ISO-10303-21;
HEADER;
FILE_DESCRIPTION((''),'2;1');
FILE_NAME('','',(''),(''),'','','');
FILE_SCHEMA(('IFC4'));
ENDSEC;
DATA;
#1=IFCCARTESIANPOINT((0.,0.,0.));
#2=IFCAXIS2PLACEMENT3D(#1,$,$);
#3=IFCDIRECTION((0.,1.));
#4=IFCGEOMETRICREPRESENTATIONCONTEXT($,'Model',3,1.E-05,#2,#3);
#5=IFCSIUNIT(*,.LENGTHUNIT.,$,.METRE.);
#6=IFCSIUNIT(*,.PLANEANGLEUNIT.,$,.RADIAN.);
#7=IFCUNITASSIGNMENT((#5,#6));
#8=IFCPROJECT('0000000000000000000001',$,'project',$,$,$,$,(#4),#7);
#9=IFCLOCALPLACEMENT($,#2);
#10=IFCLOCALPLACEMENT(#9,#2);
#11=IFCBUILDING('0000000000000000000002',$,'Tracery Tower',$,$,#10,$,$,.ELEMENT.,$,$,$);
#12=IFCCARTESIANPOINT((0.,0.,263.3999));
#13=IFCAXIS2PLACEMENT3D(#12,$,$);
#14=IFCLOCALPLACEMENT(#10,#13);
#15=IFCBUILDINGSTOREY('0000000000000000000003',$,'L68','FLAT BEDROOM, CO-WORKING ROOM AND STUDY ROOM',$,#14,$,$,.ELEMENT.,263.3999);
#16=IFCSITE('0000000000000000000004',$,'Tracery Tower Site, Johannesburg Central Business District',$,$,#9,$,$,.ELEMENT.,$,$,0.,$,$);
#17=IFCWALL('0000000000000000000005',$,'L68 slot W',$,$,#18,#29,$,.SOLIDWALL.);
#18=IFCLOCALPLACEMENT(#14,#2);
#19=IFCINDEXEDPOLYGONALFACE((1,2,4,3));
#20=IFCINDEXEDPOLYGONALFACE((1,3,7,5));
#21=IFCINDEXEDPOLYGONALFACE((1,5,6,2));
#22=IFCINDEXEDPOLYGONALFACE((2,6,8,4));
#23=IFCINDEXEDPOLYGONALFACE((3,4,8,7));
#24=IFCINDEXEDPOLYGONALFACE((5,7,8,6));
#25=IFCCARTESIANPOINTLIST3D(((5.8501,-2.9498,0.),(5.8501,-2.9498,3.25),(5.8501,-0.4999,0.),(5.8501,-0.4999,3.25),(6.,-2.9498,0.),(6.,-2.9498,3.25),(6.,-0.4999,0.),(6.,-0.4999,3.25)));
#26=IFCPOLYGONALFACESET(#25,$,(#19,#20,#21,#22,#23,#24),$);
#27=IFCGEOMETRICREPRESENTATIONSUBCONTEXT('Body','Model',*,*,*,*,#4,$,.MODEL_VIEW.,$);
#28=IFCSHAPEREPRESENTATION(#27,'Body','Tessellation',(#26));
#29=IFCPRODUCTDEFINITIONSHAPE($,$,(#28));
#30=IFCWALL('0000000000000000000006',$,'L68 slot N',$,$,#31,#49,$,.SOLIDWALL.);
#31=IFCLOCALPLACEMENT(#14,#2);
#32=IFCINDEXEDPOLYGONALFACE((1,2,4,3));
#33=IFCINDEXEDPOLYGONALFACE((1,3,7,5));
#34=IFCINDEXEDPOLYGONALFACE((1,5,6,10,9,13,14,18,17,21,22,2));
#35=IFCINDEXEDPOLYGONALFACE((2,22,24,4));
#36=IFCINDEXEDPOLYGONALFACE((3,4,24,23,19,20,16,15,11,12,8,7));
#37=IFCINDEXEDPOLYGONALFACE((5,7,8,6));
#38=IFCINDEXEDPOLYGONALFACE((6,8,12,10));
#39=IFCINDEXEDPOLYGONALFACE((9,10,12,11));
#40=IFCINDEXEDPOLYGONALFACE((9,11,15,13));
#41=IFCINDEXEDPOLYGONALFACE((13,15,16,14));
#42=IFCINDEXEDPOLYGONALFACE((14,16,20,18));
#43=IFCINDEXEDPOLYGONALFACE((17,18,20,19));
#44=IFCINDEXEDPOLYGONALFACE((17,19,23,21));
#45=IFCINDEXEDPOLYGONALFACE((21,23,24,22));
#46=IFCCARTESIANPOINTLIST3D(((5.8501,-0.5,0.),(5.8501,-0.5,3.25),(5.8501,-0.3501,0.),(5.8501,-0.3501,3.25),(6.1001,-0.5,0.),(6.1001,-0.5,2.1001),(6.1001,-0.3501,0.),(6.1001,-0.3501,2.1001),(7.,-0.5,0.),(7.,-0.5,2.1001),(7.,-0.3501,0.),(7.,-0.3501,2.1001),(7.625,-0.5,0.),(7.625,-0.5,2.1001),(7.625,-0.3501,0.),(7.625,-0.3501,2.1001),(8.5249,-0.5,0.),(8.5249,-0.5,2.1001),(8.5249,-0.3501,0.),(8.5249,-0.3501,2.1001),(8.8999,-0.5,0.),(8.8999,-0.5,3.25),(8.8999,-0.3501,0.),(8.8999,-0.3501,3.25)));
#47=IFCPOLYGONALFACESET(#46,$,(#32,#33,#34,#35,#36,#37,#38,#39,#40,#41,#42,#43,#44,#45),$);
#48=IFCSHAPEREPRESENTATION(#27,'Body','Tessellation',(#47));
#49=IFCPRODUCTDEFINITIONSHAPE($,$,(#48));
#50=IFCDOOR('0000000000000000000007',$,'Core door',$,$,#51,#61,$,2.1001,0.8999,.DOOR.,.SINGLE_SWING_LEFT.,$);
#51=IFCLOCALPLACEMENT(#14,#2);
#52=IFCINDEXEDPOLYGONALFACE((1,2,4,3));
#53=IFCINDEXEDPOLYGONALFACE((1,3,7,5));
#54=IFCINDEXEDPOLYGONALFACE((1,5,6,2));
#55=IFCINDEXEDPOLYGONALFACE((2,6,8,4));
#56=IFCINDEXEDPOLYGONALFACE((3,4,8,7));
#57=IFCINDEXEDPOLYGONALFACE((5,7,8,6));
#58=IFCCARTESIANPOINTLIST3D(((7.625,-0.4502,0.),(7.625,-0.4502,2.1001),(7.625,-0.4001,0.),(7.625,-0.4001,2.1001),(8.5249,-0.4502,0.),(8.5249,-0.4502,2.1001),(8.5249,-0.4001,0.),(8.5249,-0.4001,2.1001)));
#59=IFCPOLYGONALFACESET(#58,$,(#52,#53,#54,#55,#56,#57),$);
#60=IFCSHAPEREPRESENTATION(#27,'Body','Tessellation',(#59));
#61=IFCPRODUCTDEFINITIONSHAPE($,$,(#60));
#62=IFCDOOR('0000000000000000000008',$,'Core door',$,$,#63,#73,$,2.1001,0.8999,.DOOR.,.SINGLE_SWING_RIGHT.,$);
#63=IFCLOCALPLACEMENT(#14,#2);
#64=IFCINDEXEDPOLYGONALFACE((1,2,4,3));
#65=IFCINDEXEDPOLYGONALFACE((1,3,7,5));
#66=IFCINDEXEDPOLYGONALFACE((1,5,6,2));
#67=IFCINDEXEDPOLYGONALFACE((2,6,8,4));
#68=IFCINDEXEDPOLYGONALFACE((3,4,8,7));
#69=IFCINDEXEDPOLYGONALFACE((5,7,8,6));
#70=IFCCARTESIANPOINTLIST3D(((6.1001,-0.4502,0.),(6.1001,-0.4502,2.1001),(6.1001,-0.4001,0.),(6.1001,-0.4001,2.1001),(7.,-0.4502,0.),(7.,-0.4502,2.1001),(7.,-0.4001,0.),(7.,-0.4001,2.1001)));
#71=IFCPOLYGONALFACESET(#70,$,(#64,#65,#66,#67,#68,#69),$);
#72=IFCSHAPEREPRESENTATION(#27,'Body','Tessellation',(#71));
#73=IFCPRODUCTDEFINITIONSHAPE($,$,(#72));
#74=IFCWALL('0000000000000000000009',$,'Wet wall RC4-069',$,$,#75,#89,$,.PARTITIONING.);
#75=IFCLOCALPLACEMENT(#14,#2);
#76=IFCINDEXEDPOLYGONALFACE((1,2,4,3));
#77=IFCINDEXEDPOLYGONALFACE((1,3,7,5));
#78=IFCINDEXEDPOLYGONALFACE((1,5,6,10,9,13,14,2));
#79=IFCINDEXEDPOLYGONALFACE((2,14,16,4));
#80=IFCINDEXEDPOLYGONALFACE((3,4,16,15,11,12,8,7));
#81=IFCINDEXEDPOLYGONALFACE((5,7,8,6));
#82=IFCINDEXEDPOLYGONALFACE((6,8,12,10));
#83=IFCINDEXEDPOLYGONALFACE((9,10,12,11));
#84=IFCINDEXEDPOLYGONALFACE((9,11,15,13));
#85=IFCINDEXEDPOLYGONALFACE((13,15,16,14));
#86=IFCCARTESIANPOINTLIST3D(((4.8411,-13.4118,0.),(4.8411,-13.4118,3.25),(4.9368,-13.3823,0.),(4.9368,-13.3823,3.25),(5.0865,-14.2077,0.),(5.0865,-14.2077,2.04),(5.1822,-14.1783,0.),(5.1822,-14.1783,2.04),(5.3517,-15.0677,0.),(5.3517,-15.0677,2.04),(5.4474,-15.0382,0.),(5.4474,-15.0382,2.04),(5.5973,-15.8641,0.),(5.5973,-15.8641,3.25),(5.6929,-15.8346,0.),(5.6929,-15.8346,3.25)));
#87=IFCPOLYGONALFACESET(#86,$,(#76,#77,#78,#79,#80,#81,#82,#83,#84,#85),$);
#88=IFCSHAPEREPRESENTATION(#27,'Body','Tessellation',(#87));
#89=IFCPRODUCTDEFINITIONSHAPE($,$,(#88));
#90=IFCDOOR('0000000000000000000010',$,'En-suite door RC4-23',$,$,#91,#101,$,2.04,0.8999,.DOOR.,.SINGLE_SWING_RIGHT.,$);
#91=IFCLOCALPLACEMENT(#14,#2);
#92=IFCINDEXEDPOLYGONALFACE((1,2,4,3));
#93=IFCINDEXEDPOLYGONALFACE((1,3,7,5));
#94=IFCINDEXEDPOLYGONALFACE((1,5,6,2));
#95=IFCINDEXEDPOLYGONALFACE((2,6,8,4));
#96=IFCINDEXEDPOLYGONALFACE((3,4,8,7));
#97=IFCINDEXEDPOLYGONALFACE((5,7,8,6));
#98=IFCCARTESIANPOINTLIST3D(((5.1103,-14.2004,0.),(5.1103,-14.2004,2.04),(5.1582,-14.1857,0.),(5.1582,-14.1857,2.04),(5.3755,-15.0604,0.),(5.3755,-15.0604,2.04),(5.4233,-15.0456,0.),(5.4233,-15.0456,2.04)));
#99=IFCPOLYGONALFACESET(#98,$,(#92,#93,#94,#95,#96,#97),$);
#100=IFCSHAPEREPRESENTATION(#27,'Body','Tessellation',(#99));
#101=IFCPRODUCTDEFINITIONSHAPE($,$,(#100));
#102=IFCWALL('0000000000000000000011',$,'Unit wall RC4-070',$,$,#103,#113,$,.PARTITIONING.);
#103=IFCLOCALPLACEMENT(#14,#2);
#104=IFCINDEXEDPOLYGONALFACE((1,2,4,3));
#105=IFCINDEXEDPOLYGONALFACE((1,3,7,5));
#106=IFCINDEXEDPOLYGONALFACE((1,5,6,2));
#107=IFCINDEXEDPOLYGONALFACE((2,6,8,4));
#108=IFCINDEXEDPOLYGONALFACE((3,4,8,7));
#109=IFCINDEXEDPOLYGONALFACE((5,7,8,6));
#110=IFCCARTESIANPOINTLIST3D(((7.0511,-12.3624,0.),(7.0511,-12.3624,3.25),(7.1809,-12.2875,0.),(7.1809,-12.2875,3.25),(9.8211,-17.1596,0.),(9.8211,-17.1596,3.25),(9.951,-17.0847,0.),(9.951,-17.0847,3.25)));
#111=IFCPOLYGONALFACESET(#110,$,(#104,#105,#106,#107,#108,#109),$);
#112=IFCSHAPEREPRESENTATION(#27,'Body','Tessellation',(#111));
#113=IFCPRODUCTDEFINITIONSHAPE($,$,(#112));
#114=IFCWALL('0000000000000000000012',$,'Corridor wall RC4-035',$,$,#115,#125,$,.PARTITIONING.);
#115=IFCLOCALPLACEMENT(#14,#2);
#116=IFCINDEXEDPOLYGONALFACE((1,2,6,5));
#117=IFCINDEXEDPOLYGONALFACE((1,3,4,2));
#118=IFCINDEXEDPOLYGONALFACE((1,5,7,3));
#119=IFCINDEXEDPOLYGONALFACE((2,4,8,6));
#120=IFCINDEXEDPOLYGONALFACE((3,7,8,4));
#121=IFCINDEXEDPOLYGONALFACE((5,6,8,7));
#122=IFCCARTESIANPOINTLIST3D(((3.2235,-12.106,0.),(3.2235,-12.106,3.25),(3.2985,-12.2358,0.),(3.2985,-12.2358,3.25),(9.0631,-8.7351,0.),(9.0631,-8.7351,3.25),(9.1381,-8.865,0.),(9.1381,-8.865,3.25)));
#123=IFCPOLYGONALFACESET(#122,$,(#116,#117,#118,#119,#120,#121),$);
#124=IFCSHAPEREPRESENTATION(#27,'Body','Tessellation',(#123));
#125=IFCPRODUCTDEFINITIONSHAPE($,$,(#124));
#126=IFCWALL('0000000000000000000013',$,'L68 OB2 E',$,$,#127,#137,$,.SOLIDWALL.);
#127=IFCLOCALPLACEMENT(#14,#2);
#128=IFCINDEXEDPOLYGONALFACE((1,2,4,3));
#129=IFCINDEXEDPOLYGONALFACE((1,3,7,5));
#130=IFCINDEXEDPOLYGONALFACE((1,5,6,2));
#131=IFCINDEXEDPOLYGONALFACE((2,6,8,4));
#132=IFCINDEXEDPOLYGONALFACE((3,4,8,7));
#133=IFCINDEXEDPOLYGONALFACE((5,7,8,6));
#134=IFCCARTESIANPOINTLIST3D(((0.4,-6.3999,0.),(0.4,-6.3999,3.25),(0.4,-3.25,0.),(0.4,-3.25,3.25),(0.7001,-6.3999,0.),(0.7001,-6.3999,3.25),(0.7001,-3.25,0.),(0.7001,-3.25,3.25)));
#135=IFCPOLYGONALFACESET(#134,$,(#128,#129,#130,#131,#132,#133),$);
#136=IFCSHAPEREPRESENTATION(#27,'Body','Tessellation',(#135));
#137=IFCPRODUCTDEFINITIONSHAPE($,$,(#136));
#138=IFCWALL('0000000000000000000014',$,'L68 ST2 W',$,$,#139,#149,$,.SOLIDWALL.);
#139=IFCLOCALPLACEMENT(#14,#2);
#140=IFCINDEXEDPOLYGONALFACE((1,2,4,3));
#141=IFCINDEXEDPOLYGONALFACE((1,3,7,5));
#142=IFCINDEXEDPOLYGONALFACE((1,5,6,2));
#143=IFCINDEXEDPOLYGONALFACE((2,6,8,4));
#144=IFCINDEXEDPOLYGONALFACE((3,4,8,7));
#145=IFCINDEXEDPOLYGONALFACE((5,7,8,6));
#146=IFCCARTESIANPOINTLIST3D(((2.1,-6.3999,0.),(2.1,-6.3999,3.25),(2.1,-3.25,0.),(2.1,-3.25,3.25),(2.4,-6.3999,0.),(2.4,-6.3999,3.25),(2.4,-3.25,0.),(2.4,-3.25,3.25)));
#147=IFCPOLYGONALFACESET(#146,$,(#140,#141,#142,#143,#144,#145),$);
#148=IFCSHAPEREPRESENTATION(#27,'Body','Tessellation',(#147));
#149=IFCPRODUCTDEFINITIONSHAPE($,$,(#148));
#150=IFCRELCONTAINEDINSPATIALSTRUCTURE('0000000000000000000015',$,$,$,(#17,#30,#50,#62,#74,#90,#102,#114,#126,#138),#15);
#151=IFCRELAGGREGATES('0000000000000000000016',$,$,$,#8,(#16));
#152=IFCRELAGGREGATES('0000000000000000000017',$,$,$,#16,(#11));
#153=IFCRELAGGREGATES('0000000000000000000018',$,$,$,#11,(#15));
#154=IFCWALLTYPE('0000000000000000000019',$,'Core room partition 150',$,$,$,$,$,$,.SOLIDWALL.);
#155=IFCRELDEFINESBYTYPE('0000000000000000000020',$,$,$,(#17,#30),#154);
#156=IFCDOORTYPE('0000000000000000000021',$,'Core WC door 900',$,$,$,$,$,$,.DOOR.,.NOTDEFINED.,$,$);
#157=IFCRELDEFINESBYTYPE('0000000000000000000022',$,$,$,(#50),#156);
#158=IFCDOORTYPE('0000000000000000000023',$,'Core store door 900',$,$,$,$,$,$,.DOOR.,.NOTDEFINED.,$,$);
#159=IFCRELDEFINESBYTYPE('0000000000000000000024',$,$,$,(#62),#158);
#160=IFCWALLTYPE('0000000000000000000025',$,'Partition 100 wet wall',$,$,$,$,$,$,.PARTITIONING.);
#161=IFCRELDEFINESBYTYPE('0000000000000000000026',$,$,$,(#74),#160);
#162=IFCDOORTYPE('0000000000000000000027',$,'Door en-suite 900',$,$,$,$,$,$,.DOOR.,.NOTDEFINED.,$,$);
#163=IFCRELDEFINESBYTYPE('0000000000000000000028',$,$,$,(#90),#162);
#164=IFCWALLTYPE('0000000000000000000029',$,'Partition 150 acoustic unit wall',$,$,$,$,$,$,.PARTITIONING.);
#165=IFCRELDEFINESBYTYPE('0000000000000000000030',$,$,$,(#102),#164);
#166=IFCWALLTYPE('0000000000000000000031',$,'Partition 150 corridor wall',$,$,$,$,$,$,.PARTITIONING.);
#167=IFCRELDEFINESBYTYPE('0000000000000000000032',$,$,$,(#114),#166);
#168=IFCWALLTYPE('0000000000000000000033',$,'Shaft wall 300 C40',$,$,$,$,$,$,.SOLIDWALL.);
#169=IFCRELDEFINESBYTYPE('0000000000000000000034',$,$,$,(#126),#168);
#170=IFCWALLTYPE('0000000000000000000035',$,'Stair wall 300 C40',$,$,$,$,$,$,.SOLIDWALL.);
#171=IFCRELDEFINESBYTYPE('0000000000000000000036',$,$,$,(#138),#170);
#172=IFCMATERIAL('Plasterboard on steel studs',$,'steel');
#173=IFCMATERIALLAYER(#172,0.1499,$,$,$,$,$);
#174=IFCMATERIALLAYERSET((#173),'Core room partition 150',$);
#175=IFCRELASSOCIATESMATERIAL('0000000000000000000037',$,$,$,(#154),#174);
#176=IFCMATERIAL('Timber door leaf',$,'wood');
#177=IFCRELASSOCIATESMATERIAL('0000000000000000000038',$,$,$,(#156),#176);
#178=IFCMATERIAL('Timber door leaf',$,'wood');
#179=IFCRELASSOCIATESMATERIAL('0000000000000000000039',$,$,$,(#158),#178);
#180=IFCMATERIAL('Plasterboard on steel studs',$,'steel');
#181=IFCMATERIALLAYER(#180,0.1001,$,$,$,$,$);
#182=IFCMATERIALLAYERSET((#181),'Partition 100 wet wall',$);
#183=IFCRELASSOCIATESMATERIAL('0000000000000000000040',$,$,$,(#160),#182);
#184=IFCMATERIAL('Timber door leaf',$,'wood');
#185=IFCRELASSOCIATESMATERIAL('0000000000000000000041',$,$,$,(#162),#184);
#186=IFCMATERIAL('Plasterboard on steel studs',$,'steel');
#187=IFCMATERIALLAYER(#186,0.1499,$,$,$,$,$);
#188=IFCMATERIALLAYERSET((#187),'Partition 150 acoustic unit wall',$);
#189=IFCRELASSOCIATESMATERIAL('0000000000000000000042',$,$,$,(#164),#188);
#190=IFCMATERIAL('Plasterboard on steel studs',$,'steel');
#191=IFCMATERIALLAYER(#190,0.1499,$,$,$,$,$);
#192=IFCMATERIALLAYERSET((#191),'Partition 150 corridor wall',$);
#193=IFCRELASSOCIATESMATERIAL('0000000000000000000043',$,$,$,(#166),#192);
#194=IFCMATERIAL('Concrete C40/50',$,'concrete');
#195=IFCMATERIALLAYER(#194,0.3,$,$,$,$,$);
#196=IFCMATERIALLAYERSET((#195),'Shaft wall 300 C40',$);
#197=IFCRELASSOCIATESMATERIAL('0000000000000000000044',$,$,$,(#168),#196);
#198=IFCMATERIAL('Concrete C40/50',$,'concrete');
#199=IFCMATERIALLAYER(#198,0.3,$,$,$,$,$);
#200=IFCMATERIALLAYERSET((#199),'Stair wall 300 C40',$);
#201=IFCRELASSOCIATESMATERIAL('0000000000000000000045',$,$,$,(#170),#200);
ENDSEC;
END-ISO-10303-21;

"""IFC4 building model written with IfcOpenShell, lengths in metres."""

from ifc_helpers import new_model, si_unit, direction, frame, frame_2d, origin, place, context, subcontext, project, spatial, rectangle, extrude, material, layer, layer_set, type_object, element, fill, save


model = new_model("IFC4")

# Units and contexts
model_context = context("Model", 3, precision=1e-05, world=origin(), true_north=direction((0.0, 1.0)))
body_context = subcontext(model_context, "Body", "Model", "MODEL_VIEW")
ifc_project = project(units=[si_unit("LENGTHUNIT", "METRE"), si_unit("PLANEANGLEUNIT", "RADIAN")], contexts=[model_context])

# Site, building, storey
site_placement = place(None, origin())
site = spatial("IfcSite", under=ifc_project, at=site_placement, Name="Tracery Tower Site, Johannesburg Central Business District", CompositionType="ELEMENT", RefElevation=0.0)
building_placement = place(site_placement, origin())
building = spatial("IfcBuilding", under=site, at=building_placement, Name="Tracery Tower", CompositionType="ELEMENT")
storey_placement = place(building_placement, frame((0.0, 0.0, 263.3999)))
storey = spatial("IfcBuildingStorey", under=building, at=storey_placement, Name="L68", Description="FLAT BEDROOM, CO-WORKING ROOM AND STUDY ROOM", CompositionType="ELEMENT", Elevation=263.3999)

# Wall
ifc_material_1 = material(Name="Plasterboard on steel studs", Category="steel")
ifc_layer_1 = layer(ifc_material_1, 0.1499)
ifc_layer_set_1 = layer_set([ifc_layer_1], Name="Core room partition 150")
wall_type_1 = type_object("IfcWallType", Name="Core room partition 150", PredefinedType="SOLIDWALL", material=ifc_layer_set_1)
wall_1_placement = place(storey_placement, frame((5.925, -2.95, 0.0), z_axis=(0.0, 0.0, 1.0), x_axis=(0.0, 1.0, 0.0)))
element("IfcWall", 1, at=wall_1_placement, inside=storey, type_object=wall_type_1, Name="L68 slot W", PredefinedType="SOLIDWALL", context=body_context, shape_type="SweptSolid", body=[
    extrude(rectangle(XDim=2.45, YDim=0.1499, at=frame_2d((1.2251, 0.0))), origin(), (0.0, 0.0, 1.0), 3.25),
])

# Wall, openings, doors
wall_2_placement = place(storey_placement, frame((5.8501, -0.425, 0.0), z_axis=(0.0, 0.0, 1.0), x_axis=(1.0, 0.0, 0.0)))
wall_2 = element("IfcWall", 2, at=wall_2_placement, inside=storey, type_object=wall_type_1, Name="L68 slot N", PredefinedType="SOLIDWALL", context=body_context, shape_type="SweptSolid", body=[
    extrude(rectangle(XDim=3.0498, YDim=0.1499, at=frame_2d((1.5249, 0.0))), origin(), (0.0, 0.0, 1.0), 3.25),
])
opening_1_placement = place(wall_2_placement, frame((0.25, 0.0, 0.0)))
opening_1 = element("IfcOpeningElement", 3, at=opening_1_placement, cuts=wall_2, PredefinedType="OPENING", context=body_context, shape_type="SweptSolid", body=[
    extrude(rectangle(XDim=0.8999, YDim=2.1001, at=frame_2d((0.45, 1.05))), frame((0.0, 0.075, 0.0), z_axis=(0.0, -1.0, 0.0), x_axis=(1.0, 0.0, 0.0)), (0.0, 0.0, 1.0), 0.1499),
])
opening_2_placement = place(wall_2_placement, frame((1.7749, 0.0, 0.0)))
opening_2 = element("IfcOpeningElement", 4, at=opening_2_placement, cuts=wall_2, PredefinedType="OPENING", context=body_context, shape_type="SweptSolid", body=[
    extrude(rectangle(XDim=0.8999, YDim=2.1001, at=frame_2d((0.45, 1.05))), frame((0.0, 0.075, 0.0), z_axis=(0.0, -1.0, 0.0), x_axis=(1.0, 0.0, 0.0)), (0.0, 0.0, 1.0), 0.1499),
])
ifc_material_2 = material(Name="Timber door leaf", Category="wood")
door_type_1 = type_object("IfcDoorType", Name="Core WC door 900", OperationType="NOTDEFINED", PredefinedType="DOOR", material=ifc_material_2)
door_1_placement = place(opening_2_placement, origin())
door_1 = element("IfcDoor", 5, at=door_1_placement, inside=storey, type_object=door_type_1, Name="Core door", OperationType="SINGLE_SWING_LEFT", OverallHeight=2.1001, OverallWidth=0.8999, PredefinedType="DOOR", context=body_context, shape_type="SweptSolid", body=[
    extrude(rectangle(XDim=0.8999, YDim=2.1001, at=frame_2d((0.45, 1.05))), frame((0.0, 0.0249, 0.0), z_axis=(0.0, -1.0, 0.0), x_axis=(1.0, 0.0, 0.0)), (0.0, 0.0, 1.0), 0.05),
])
fill(opening_2, door_1)
ifc_material_3 = material(Name="Timber door leaf", Category="wood")
door_type_2 = type_object("IfcDoorType", Name="Core store door 900", OperationType="NOTDEFINED", PredefinedType="DOOR", material=ifc_material_3)
door_2_placement = place(opening_1_placement, origin())
door_2 = element("IfcDoor", 6, at=door_2_placement, inside=storey, type_object=door_type_2, Name="Core door", OperationType="SINGLE_SWING_RIGHT", OverallHeight=2.1001, OverallWidth=0.8999, PredefinedType="DOOR", context=body_context, shape_type="SweptSolid", body=[
    extrude(rectangle(XDim=0.8999, YDim=2.1001, at=frame_2d((0.45, 1.05))), frame((0.0, 0.0249, 0.0), z_axis=(0.0, -1.0, 0.0), x_axis=(1.0, 0.0, 0.0)), (0.0, 0.0, 1.0), 0.05),
])
fill(opening_1, door_2)

# Wall, opening, door
ifc_material_4 = material(Name="Plasterboard on steel studs", Category="steel")
ifc_layer_2 = layer(ifc_material_4, 0.1001)
ifc_layer_set_2 = layer_set([ifc_layer_2], Name="Partition 100 wet wall")
wall_type_2 = type_object("IfcWallType", Name="Partition 100 wet wall", PredefinedType="PARTITIONING", material=ifc_layer_set_2)
wall_3_placement = place(storey_placement, frame((4.8889, -13.397, 0.0), z_axis=(0.0, 0.0, 1.0), x_axis=(0.294654, -0.955604, 0.0)))
wall_3 = element("IfcWall", 7, at=wall_3_placement, inside=storey, type_object=wall_type_2, Name="Wet wall RC4-069", PredefinedType="PARTITIONING", context=body_context, shape_type="SweptSolid", body=[
    extrude(rectangle(XDim=2.5662, YDim=0.1001, at=frame_2d((1.2832, 0.0))), origin(), (0.0, 0.0, 1.0), 3.25),
])
opening_3_placement = place(wall_3_placement, frame((0.833, 0.0, 0.0)))
opening_3 = element("IfcOpeningElement", 8, at=opening_3_placement, cuts=wall_3, PredefinedType="OPENING", context=body_context, shape_type="SweptSolid", body=[
    extrude(rectangle(XDim=0.8999, YDim=2.04, at=frame_2d((0.45, 1.02))), frame((0.0, 0.05, 0.0), z_axis=(0.0, -1.0, 0.0), x_axis=(1.0, 0.0, 0.0)), (0.0, 0.0, 1.0), 0.1001),
])
ifc_material_5 = material(Name="Timber door leaf", Category="wood")
door_type_3 = type_object("IfcDoorType", Name="Door en-suite 900", OperationType="NOTDEFINED", PredefinedType="DOOR", material=ifc_material_5)
door_3_placement = place(opening_3_placement, origin())
door_3 = element("IfcDoor", 9, at=door_3_placement, inside=storey, type_object=door_type_3, Name="En-suite door RC4-23", OperationType="SINGLE_SWING_RIGHT", OverallHeight=2.04, OverallWidth=0.8999, PredefinedType="DOOR", context=body_context, shape_type="SweptSolid", body=[
    extrude(rectangle(XDim=0.8999, YDim=2.04, at=frame_2d((0.45, 1.02))), frame((0.0, 0.0249, 0.0), z_axis=(0.0, -1.0, 0.0), x_axis=(1.0, 0.0, 0.0)), (0.0, 0.0, 1.0), 0.05),
])
fill(opening_3, door_3)

# Walls
ifc_material_6 = material(Name="Plasterboard on steel studs", Category="steel")
ifc_layer_3 = layer(ifc_material_6, 0.1499)
ifc_layer_set_3 = layer_set([ifc_layer_3], Name="Partition 150 acoustic unit wall")
wall_type_3 = type_object("IfcWallType", Name="Partition 150 acoustic unit wall", PredefinedType="PARTITIONING", material=ifc_layer_set_3)
wall_4_placement = place(storey_placement, frame((7.116, -12.325, 0.0), z_axis=(0.0, 0.0, 1.0), x_axis=(0.500054, -0.865994, 0.0)))
element("IfcWall", 10, at=wall_4_placement, inside=storey, type_object=wall_type_3, Name="Unit wall RC4-070", PredefinedType="PARTITIONING", context=body_context, shape_type="SweptSolid", body=[
    extrude(rectangle(XDim=5.5396, YDim=0.1499, at=frame_2d((2.7698, 0.0))), origin(), (0.0, 0.0, 1.0), 3.25),
])
ifc_material_7 = material(Name="Plasterboard on steel studs", Category="steel")
ifc_layer_4 = layer(ifc_material_7, 0.1499)
ifc_layer_set_4 = layer_set([ifc_layer_4], Name="Partition 150 corridor wall")
wall_type_4 = type_object("IfcWallType", Name="Partition 150 corridor wall", PredefinedType="PARTITIONING", material=ifc_layer_set_4)
wall_5_placement = place(storey_placement, frame((3.261, -12.1709, 0.0), z_axis=(0.0, 0.0, 1.0), x_axis=(0.866067, 0.499928, 0.0)))
element("IfcWall", 11, at=wall_5_placement, inside=storey, type_object=wall_type_4, Name="Corridor wall RC4-035", PredefinedType="PARTITIONING", context=body_context, shape_type="SweptSolid", body=[
    extrude(rectangle(XDim=6.7427, YDim=0.1499, at=frame_2d((3.3713, 0.0))), origin(), (0.0, 0.0, 1.0), 3.25),
])
ifc_material_8 = material(Name="Concrete C40/50", Category="concrete")
ifc_layer_5 = layer(ifc_material_8, 0.3)
ifc_layer_set_5 = layer_set([ifc_layer_5], Name="Shaft wall 300 C40")
wall_type_5 = type_object("IfcWallType", Name="Shaft wall 300 C40", PredefinedType="SOLIDWALL", material=ifc_layer_set_5)
wall_6_placement = place(storey_placement, frame((0.55, -6.3999, 0.0), z_axis=(0.0, 0.0, 1.0), x_axis=(0.0, 1.0, 0.0)))
element("IfcWall", 12, at=wall_6_placement, inside=storey, type_object=wall_type_5, Name="L68 OB2 E", PredefinedType="SOLIDWALL", context=body_context, shape_type="SweptSolid", body=[
    extrude(rectangle(XDim=3.1499, YDim=0.3, at=frame_2d((1.575, 0.0))), origin(), (0.0, 0.0, 1.0), 3.25),
])

# Shared definitions
ifc_material_9 = material(Name="Concrete C40/50", Category="concrete")
ifc_layer_6 = layer(ifc_material_9, 0.3)
ifc_layer_set_6 = layer_set([ifc_layer_6], Name="Stair wall 300 C40")
wall_type_6 = type_object("IfcWallType", Name="Stair wall 300 C40", PredefinedType="SOLIDWALL", material=ifc_layer_set_6)

# Wall
wall_7_placement = place(storey_placement, frame((2.25, -6.3999, 0.0), z_axis=(0.0, 0.0, 1.0), x_axis=(0.0, 1.0, 0.0)))
element("IfcWall", 13, at=wall_7_placement, inside=storey, type_object=wall_type_6, Name="L68 ST2 W", PredefinedType="SOLIDWALL", context=body_context, shape_type="SweptSolid", body=[
    extrude(rectangle(XDim=3.1499, YDim=0.3, at=frame_2d((1.575, 0.0))), origin(), (0.0, 0.0, 1.0), 3.25),
])

save(model, "model.ifc")
